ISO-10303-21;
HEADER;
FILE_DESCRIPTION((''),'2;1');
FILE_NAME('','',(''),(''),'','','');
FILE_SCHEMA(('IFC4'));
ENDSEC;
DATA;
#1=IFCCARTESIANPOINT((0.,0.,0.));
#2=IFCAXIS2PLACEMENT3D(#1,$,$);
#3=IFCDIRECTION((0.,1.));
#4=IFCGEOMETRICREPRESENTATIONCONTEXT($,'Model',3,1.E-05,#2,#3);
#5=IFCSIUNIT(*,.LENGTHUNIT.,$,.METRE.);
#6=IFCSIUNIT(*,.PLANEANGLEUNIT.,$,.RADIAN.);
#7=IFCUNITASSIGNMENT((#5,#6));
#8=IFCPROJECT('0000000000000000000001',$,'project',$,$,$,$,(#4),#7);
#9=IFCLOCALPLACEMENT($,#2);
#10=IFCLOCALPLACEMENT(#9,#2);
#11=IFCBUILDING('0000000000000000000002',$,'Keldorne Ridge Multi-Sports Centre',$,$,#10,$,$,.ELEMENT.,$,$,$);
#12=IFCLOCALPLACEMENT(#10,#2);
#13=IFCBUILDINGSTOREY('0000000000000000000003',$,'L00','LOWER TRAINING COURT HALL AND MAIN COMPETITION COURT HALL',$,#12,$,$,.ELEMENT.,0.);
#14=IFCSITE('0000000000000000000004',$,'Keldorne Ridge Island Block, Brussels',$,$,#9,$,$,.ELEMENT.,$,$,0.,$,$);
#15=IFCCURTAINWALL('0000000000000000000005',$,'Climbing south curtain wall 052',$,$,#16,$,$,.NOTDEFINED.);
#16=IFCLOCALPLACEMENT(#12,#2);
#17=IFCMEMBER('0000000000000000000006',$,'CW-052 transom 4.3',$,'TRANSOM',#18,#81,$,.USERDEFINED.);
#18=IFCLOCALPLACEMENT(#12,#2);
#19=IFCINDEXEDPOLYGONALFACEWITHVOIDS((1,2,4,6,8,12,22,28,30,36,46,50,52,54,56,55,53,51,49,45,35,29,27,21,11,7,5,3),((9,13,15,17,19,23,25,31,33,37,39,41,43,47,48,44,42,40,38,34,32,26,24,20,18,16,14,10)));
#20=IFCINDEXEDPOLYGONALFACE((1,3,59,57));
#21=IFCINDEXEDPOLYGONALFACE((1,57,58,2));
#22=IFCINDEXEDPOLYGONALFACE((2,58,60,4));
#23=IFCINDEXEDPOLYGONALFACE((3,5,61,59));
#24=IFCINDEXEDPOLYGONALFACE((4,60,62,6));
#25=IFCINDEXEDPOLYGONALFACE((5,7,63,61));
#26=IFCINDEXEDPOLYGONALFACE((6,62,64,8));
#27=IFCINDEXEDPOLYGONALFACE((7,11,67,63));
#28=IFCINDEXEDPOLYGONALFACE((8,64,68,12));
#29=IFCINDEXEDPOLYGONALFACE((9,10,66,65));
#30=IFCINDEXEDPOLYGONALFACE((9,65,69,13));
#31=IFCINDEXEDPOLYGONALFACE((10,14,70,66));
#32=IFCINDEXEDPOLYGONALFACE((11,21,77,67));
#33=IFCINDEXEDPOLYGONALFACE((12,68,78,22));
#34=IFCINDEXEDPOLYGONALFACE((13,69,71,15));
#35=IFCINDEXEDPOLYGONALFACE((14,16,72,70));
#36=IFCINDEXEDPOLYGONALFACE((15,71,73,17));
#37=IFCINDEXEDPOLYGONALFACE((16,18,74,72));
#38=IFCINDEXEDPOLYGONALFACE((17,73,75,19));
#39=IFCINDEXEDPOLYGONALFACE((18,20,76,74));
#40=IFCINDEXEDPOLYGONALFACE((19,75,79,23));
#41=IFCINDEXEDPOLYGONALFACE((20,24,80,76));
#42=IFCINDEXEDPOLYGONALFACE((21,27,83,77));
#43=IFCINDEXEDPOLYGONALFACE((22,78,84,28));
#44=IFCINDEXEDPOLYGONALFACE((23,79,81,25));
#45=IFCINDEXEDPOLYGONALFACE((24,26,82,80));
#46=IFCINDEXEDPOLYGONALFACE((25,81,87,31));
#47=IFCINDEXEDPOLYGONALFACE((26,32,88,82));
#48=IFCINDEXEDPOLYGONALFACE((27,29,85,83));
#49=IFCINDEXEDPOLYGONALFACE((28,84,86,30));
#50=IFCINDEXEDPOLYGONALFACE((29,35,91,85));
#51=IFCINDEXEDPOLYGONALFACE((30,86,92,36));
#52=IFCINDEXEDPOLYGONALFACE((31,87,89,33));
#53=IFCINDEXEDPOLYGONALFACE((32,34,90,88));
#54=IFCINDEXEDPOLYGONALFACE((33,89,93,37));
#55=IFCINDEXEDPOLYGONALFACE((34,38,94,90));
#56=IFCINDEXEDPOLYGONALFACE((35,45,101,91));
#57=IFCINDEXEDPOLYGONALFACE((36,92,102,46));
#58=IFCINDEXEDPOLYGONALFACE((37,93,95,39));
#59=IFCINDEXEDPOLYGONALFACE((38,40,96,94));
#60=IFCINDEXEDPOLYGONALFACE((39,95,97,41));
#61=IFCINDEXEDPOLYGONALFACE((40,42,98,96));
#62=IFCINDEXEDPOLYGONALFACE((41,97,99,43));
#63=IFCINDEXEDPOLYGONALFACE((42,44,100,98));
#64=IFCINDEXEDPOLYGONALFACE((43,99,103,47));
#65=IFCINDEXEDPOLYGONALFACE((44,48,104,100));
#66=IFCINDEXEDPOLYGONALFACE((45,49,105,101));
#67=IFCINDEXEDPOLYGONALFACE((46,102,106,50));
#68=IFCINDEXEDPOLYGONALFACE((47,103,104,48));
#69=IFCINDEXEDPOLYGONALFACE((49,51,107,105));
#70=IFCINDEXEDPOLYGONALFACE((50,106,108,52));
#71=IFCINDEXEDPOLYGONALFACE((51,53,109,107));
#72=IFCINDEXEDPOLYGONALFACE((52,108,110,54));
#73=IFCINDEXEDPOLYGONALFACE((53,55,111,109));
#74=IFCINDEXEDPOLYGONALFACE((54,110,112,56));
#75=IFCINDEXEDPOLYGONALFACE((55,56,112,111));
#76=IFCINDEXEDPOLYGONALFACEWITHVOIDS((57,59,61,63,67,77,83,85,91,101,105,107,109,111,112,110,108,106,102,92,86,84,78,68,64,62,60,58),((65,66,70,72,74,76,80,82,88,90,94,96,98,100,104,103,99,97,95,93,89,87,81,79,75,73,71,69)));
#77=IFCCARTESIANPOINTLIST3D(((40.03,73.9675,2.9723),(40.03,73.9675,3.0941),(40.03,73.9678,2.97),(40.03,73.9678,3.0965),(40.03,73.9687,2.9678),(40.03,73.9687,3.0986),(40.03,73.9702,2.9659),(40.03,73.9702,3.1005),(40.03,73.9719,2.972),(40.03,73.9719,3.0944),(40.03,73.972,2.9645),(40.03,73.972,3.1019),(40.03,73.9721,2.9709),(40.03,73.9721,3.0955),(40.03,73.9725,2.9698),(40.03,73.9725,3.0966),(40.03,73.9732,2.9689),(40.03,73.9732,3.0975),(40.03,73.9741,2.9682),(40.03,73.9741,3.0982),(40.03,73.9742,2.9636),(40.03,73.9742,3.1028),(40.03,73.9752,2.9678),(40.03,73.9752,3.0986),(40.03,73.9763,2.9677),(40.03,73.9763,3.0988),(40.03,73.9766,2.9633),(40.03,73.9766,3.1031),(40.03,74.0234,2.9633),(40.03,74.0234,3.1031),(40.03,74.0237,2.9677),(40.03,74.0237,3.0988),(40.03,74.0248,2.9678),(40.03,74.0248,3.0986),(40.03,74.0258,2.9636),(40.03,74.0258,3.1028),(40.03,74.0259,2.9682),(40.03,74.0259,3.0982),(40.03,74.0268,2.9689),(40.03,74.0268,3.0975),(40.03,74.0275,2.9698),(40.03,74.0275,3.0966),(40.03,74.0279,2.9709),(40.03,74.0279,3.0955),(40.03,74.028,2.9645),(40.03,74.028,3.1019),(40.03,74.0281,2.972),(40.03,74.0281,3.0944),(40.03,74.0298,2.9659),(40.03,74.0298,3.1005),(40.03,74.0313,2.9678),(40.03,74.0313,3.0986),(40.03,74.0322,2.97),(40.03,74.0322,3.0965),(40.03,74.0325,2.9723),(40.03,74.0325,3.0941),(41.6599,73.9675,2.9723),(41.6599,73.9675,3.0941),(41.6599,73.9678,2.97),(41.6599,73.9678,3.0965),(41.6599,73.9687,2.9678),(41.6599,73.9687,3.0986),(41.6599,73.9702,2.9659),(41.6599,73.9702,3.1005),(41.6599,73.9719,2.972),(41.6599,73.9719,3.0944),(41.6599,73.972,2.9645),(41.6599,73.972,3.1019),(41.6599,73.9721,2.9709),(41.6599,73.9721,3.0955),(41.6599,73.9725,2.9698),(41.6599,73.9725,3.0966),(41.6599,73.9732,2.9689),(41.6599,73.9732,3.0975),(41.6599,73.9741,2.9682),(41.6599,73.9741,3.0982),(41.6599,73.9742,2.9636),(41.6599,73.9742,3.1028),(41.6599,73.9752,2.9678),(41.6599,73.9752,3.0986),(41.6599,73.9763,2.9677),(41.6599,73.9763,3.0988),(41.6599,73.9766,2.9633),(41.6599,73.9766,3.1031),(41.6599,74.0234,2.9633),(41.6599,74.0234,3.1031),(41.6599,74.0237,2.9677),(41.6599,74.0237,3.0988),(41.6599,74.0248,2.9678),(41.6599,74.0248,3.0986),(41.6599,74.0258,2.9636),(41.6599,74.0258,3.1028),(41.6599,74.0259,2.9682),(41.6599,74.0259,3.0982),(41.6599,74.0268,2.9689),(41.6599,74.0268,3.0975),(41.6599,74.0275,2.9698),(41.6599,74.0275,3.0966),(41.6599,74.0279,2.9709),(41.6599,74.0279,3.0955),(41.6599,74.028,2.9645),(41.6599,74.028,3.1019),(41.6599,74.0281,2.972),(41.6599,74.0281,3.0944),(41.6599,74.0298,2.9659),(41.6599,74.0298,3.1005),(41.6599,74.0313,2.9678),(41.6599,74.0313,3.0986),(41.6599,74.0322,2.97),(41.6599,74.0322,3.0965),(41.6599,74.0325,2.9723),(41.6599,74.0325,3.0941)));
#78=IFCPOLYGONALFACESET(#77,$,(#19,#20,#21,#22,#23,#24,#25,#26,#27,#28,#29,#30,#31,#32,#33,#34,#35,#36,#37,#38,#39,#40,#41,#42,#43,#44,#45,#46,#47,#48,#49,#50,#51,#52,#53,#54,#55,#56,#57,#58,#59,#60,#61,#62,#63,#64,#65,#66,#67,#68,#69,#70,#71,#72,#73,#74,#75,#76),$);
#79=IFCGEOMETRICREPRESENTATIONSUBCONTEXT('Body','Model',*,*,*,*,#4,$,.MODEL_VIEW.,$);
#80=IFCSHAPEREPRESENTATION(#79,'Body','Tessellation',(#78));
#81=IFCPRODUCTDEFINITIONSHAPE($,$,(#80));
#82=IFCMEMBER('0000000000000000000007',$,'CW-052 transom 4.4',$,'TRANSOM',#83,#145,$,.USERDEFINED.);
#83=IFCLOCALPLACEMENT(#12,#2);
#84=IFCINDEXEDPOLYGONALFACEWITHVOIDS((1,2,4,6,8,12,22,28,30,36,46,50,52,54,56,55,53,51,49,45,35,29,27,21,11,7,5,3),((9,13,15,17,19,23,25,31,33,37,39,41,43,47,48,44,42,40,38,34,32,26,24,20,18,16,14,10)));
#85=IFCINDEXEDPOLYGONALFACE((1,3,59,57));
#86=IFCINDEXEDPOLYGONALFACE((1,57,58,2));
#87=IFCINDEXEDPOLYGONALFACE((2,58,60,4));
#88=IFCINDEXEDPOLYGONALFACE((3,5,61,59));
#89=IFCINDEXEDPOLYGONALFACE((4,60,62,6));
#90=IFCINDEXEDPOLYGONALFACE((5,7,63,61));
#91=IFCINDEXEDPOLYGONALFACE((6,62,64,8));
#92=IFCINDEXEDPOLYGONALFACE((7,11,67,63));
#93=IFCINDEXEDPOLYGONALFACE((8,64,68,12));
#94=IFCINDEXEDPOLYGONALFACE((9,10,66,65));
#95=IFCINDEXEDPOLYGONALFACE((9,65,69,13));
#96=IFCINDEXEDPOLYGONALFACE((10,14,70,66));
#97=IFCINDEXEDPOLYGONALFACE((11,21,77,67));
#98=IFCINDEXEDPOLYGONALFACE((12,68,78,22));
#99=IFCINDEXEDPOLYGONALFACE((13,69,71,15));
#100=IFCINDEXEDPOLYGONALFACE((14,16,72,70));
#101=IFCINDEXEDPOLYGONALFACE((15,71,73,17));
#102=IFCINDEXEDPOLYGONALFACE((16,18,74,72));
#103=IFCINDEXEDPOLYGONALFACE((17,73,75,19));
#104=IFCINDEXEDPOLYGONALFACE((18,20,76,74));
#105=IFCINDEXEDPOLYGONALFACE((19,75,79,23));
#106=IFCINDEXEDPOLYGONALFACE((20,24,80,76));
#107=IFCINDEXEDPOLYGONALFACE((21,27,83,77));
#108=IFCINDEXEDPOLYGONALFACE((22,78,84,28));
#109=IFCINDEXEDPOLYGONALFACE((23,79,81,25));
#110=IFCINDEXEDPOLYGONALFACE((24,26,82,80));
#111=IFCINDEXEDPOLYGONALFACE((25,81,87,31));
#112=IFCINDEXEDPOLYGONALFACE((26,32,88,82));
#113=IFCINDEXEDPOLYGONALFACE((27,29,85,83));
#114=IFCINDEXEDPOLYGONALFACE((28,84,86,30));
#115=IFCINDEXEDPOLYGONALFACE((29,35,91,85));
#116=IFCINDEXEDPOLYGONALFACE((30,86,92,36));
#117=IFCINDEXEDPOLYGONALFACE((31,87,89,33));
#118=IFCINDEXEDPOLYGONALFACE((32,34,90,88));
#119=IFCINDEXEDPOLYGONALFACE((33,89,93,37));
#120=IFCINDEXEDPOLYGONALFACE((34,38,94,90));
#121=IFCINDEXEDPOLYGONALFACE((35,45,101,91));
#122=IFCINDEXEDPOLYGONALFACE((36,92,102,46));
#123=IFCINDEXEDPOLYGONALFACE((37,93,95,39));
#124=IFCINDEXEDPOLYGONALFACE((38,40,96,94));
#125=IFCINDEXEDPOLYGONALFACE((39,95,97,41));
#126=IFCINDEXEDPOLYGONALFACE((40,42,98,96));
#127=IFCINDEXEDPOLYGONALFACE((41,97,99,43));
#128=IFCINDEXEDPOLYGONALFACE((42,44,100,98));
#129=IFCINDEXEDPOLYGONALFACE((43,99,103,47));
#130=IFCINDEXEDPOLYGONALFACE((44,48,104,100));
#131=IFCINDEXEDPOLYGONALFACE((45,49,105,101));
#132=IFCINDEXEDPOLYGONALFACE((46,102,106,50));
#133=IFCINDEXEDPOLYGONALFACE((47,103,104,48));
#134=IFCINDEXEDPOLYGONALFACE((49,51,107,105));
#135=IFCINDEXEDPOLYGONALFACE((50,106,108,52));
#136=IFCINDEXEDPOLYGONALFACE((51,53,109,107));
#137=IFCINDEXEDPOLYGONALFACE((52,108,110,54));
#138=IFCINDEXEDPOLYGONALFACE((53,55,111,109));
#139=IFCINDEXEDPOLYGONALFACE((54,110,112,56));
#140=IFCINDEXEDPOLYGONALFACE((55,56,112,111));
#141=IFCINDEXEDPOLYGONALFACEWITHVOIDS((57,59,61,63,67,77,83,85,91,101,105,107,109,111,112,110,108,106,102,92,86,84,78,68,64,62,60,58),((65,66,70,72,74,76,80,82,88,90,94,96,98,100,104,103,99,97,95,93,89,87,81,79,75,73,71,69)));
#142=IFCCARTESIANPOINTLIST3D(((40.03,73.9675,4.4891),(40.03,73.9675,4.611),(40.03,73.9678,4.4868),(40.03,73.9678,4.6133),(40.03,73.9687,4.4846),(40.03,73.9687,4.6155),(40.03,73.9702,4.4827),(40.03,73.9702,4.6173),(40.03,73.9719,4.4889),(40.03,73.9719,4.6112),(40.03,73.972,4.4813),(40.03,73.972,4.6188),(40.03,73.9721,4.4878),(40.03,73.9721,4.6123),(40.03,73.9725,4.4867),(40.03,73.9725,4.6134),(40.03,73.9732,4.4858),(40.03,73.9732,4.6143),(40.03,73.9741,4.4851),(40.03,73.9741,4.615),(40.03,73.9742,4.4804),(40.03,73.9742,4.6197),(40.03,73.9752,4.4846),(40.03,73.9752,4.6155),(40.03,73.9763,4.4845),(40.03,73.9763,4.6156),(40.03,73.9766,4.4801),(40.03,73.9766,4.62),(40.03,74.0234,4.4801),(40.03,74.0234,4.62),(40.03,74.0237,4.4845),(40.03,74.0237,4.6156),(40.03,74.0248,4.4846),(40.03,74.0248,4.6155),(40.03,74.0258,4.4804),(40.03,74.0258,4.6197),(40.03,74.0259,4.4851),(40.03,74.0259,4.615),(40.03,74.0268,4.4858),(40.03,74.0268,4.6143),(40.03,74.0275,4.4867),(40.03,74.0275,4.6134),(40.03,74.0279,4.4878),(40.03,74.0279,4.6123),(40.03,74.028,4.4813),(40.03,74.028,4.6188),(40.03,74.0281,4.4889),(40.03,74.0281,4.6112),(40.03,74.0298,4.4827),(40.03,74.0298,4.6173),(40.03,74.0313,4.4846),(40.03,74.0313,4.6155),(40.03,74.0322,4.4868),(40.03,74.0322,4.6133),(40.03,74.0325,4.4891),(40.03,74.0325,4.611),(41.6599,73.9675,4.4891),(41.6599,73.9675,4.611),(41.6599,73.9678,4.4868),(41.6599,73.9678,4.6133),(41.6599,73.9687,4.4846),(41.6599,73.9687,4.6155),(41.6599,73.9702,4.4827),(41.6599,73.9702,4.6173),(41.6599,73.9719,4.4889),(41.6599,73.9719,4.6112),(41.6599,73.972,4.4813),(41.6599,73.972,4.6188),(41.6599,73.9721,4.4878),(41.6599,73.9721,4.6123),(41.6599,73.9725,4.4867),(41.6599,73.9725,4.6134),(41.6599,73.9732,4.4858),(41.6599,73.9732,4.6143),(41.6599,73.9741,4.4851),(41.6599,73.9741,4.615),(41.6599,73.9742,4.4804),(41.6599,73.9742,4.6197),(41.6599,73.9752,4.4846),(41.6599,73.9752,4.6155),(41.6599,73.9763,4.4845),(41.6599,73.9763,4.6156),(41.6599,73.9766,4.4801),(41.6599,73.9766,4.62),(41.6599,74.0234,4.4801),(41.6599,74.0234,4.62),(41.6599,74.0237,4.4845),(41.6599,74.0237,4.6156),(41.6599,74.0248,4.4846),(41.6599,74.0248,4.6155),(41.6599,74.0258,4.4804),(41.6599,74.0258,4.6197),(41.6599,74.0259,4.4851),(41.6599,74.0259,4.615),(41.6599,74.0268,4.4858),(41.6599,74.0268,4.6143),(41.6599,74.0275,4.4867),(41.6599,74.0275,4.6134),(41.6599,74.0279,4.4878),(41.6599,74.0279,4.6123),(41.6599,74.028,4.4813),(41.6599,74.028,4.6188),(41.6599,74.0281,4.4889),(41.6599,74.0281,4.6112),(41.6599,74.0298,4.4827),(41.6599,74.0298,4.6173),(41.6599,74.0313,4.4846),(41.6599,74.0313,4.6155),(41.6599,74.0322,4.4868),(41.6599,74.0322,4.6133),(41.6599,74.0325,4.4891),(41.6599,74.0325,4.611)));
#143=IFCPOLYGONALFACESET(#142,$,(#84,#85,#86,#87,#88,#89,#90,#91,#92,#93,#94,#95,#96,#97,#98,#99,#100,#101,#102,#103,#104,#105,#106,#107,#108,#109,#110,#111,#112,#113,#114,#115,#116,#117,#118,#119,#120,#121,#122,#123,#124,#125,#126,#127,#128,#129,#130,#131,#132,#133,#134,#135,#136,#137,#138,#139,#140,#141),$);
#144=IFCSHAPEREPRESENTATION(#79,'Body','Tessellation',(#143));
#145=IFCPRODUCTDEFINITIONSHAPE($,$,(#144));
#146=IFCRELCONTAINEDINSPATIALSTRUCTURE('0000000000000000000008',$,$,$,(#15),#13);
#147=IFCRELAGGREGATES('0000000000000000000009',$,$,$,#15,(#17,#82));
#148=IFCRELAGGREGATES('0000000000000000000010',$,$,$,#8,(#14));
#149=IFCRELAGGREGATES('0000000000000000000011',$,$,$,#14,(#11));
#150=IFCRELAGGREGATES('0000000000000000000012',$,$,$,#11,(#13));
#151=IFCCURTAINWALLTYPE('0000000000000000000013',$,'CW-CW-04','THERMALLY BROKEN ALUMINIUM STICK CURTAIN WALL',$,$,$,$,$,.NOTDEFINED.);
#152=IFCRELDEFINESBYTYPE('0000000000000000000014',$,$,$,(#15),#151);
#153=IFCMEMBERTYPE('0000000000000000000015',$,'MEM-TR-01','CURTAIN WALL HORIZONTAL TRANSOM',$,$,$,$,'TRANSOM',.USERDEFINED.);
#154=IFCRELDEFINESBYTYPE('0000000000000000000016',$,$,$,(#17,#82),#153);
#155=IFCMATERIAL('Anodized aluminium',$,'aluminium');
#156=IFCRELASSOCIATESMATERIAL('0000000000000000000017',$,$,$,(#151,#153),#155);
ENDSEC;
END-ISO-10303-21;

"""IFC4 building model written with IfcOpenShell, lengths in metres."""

from ifc_helpers import new_model, si_unit, direction, frame, origin, origin_2d, place, context, subcontext, project, spatial, hollow_rectangle, extrude, material, material_profile, profile_set, type_object, element, aggregate, save


model = new_model("IFC4")

# Units and contexts
model_context = context("Model", 3, precision=1e-05, world=origin(), true_north=direction((0.0, 1.0)))
body_context = subcontext(model_context, "Body", "Model", "MODEL_VIEW")
ifc_project = project(units=[si_unit("LENGTHUNIT", "METRE"), si_unit("PLANEANGLEUNIT", "RADIAN")], contexts=[model_context])

# Site, building, storey
site_placement = place(None, origin())
site = spatial("IfcSite", under=ifc_project, at=site_placement, Name="Keldorne Ridge Island Block, Brussels", CompositionType="ELEMENT", RefElevation=0.0)
building_placement = place(site_placement, origin())
building = spatial("IfcBuilding", under=site, at=building_placement, Name="Keldorne Ridge Multi-Sports Centre", CompositionType="ELEMENT")
storey_placement = place(building_placement, origin())
storey = spatial("IfcBuildingStorey", under=building, at=storey_placement, Name="L00", Description="LOWER TRAINING COURT HALL AND MAIN COMPETITION COURT HALL", CompositionType="ELEMENT", Elevation=0.0)

# Curtain wall, members
ifc_material_1 = material(Name="Anodized aluminium", Category="aluminium")
curtain_wall_type_1 = type_object("IfcCurtainWallType", Name="CW-CW-04", Description="THERMALLY BROKEN ALUMINIUM STICK CURTAIN WALL", PredefinedType="NOTDEFINED", material=ifc_material_1)
curtain_wall_1_placement = place(storey_placement, origin())
curtain_wall_1 = element("IfcCurtainWall", 1, at=curtain_wall_1_placement, inside=storey, type_object=curtain_wall_type_1, Name="Climbing south curtain wall 052", PredefinedType="NOTDEFINED")
ifc_material_profile = material_profile(ifc_material_1, hollow_rectangle(XDim=0.0649, YDim=0.1399, WallThickness=0.0044, InnerFilletRadius=0.0044, OuterFilletRadius=0.009, at=origin_2d()), Name="ALU TRANSOM 140x65x4.5")
ifc_profile_set = profile_set([ifc_material_profile], Name="Anodized aluminium")
member_type = type_object("IfcMemberType", Name="MEM-TR-01", Description="CURTAIN WALL HORIZONTAL TRANSOM", ElementType="TRANSOM", PredefinedType="USERDEFINED", material=ifc_profile_set)
member_1_placement = place(storey_placement, frame((40.03, 74.0, 3.0332), z_axis=(1.0, 0.0, 0.0), x_axis=(0.0, 1.0, 0.0)))
member_1 = element("IfcMember", 2, at=member_1_placement, type_object=member_type, Name="CW-052 transom 4.3", ObjectType="TRANSOM", PredefinedType="USERDEFINED", context=body_context, shape_type="SweptSolid", body=[
    extrude(hollow_rectangle(XDim=0.0649, YDim=0.1399, WallThickness=0.0044, InnerFilletRadius=0.0044, OuterFilletRadius=0.009, at=origin_2d()), origin(), (0.0, 0.0, 1.0), 1.6299),
])
member_2_placement = place(storey_placement, frame((40.03, 74.0, 4.55), z_axis=(1.0, 0.0, 0.0), x_axis=(0.0, 1.0, 0.0)))
member_2 = element("IfcMember", 3, at=member_2_placement, type_object=member_type, Name="CW-052 transom 4.4", ObjectType="TRANSOM", PredefinedType="USERDEFINED", context=body_context, shape_type="SweptSolid", body=[
    extrude(hollow_rectangle(XDim=0.0649, YDim=0.1399, WallThickness=0.0044, InnerFilletRadius=0.0044, OuterFilletRadius=0.009, at=origin_2d()), origin(), (0.0, 0.0, 1.0), 1.6299),
])

aggregate(curtain_wall_1, [member_1, member_2])

save(model, "model.ifc")
